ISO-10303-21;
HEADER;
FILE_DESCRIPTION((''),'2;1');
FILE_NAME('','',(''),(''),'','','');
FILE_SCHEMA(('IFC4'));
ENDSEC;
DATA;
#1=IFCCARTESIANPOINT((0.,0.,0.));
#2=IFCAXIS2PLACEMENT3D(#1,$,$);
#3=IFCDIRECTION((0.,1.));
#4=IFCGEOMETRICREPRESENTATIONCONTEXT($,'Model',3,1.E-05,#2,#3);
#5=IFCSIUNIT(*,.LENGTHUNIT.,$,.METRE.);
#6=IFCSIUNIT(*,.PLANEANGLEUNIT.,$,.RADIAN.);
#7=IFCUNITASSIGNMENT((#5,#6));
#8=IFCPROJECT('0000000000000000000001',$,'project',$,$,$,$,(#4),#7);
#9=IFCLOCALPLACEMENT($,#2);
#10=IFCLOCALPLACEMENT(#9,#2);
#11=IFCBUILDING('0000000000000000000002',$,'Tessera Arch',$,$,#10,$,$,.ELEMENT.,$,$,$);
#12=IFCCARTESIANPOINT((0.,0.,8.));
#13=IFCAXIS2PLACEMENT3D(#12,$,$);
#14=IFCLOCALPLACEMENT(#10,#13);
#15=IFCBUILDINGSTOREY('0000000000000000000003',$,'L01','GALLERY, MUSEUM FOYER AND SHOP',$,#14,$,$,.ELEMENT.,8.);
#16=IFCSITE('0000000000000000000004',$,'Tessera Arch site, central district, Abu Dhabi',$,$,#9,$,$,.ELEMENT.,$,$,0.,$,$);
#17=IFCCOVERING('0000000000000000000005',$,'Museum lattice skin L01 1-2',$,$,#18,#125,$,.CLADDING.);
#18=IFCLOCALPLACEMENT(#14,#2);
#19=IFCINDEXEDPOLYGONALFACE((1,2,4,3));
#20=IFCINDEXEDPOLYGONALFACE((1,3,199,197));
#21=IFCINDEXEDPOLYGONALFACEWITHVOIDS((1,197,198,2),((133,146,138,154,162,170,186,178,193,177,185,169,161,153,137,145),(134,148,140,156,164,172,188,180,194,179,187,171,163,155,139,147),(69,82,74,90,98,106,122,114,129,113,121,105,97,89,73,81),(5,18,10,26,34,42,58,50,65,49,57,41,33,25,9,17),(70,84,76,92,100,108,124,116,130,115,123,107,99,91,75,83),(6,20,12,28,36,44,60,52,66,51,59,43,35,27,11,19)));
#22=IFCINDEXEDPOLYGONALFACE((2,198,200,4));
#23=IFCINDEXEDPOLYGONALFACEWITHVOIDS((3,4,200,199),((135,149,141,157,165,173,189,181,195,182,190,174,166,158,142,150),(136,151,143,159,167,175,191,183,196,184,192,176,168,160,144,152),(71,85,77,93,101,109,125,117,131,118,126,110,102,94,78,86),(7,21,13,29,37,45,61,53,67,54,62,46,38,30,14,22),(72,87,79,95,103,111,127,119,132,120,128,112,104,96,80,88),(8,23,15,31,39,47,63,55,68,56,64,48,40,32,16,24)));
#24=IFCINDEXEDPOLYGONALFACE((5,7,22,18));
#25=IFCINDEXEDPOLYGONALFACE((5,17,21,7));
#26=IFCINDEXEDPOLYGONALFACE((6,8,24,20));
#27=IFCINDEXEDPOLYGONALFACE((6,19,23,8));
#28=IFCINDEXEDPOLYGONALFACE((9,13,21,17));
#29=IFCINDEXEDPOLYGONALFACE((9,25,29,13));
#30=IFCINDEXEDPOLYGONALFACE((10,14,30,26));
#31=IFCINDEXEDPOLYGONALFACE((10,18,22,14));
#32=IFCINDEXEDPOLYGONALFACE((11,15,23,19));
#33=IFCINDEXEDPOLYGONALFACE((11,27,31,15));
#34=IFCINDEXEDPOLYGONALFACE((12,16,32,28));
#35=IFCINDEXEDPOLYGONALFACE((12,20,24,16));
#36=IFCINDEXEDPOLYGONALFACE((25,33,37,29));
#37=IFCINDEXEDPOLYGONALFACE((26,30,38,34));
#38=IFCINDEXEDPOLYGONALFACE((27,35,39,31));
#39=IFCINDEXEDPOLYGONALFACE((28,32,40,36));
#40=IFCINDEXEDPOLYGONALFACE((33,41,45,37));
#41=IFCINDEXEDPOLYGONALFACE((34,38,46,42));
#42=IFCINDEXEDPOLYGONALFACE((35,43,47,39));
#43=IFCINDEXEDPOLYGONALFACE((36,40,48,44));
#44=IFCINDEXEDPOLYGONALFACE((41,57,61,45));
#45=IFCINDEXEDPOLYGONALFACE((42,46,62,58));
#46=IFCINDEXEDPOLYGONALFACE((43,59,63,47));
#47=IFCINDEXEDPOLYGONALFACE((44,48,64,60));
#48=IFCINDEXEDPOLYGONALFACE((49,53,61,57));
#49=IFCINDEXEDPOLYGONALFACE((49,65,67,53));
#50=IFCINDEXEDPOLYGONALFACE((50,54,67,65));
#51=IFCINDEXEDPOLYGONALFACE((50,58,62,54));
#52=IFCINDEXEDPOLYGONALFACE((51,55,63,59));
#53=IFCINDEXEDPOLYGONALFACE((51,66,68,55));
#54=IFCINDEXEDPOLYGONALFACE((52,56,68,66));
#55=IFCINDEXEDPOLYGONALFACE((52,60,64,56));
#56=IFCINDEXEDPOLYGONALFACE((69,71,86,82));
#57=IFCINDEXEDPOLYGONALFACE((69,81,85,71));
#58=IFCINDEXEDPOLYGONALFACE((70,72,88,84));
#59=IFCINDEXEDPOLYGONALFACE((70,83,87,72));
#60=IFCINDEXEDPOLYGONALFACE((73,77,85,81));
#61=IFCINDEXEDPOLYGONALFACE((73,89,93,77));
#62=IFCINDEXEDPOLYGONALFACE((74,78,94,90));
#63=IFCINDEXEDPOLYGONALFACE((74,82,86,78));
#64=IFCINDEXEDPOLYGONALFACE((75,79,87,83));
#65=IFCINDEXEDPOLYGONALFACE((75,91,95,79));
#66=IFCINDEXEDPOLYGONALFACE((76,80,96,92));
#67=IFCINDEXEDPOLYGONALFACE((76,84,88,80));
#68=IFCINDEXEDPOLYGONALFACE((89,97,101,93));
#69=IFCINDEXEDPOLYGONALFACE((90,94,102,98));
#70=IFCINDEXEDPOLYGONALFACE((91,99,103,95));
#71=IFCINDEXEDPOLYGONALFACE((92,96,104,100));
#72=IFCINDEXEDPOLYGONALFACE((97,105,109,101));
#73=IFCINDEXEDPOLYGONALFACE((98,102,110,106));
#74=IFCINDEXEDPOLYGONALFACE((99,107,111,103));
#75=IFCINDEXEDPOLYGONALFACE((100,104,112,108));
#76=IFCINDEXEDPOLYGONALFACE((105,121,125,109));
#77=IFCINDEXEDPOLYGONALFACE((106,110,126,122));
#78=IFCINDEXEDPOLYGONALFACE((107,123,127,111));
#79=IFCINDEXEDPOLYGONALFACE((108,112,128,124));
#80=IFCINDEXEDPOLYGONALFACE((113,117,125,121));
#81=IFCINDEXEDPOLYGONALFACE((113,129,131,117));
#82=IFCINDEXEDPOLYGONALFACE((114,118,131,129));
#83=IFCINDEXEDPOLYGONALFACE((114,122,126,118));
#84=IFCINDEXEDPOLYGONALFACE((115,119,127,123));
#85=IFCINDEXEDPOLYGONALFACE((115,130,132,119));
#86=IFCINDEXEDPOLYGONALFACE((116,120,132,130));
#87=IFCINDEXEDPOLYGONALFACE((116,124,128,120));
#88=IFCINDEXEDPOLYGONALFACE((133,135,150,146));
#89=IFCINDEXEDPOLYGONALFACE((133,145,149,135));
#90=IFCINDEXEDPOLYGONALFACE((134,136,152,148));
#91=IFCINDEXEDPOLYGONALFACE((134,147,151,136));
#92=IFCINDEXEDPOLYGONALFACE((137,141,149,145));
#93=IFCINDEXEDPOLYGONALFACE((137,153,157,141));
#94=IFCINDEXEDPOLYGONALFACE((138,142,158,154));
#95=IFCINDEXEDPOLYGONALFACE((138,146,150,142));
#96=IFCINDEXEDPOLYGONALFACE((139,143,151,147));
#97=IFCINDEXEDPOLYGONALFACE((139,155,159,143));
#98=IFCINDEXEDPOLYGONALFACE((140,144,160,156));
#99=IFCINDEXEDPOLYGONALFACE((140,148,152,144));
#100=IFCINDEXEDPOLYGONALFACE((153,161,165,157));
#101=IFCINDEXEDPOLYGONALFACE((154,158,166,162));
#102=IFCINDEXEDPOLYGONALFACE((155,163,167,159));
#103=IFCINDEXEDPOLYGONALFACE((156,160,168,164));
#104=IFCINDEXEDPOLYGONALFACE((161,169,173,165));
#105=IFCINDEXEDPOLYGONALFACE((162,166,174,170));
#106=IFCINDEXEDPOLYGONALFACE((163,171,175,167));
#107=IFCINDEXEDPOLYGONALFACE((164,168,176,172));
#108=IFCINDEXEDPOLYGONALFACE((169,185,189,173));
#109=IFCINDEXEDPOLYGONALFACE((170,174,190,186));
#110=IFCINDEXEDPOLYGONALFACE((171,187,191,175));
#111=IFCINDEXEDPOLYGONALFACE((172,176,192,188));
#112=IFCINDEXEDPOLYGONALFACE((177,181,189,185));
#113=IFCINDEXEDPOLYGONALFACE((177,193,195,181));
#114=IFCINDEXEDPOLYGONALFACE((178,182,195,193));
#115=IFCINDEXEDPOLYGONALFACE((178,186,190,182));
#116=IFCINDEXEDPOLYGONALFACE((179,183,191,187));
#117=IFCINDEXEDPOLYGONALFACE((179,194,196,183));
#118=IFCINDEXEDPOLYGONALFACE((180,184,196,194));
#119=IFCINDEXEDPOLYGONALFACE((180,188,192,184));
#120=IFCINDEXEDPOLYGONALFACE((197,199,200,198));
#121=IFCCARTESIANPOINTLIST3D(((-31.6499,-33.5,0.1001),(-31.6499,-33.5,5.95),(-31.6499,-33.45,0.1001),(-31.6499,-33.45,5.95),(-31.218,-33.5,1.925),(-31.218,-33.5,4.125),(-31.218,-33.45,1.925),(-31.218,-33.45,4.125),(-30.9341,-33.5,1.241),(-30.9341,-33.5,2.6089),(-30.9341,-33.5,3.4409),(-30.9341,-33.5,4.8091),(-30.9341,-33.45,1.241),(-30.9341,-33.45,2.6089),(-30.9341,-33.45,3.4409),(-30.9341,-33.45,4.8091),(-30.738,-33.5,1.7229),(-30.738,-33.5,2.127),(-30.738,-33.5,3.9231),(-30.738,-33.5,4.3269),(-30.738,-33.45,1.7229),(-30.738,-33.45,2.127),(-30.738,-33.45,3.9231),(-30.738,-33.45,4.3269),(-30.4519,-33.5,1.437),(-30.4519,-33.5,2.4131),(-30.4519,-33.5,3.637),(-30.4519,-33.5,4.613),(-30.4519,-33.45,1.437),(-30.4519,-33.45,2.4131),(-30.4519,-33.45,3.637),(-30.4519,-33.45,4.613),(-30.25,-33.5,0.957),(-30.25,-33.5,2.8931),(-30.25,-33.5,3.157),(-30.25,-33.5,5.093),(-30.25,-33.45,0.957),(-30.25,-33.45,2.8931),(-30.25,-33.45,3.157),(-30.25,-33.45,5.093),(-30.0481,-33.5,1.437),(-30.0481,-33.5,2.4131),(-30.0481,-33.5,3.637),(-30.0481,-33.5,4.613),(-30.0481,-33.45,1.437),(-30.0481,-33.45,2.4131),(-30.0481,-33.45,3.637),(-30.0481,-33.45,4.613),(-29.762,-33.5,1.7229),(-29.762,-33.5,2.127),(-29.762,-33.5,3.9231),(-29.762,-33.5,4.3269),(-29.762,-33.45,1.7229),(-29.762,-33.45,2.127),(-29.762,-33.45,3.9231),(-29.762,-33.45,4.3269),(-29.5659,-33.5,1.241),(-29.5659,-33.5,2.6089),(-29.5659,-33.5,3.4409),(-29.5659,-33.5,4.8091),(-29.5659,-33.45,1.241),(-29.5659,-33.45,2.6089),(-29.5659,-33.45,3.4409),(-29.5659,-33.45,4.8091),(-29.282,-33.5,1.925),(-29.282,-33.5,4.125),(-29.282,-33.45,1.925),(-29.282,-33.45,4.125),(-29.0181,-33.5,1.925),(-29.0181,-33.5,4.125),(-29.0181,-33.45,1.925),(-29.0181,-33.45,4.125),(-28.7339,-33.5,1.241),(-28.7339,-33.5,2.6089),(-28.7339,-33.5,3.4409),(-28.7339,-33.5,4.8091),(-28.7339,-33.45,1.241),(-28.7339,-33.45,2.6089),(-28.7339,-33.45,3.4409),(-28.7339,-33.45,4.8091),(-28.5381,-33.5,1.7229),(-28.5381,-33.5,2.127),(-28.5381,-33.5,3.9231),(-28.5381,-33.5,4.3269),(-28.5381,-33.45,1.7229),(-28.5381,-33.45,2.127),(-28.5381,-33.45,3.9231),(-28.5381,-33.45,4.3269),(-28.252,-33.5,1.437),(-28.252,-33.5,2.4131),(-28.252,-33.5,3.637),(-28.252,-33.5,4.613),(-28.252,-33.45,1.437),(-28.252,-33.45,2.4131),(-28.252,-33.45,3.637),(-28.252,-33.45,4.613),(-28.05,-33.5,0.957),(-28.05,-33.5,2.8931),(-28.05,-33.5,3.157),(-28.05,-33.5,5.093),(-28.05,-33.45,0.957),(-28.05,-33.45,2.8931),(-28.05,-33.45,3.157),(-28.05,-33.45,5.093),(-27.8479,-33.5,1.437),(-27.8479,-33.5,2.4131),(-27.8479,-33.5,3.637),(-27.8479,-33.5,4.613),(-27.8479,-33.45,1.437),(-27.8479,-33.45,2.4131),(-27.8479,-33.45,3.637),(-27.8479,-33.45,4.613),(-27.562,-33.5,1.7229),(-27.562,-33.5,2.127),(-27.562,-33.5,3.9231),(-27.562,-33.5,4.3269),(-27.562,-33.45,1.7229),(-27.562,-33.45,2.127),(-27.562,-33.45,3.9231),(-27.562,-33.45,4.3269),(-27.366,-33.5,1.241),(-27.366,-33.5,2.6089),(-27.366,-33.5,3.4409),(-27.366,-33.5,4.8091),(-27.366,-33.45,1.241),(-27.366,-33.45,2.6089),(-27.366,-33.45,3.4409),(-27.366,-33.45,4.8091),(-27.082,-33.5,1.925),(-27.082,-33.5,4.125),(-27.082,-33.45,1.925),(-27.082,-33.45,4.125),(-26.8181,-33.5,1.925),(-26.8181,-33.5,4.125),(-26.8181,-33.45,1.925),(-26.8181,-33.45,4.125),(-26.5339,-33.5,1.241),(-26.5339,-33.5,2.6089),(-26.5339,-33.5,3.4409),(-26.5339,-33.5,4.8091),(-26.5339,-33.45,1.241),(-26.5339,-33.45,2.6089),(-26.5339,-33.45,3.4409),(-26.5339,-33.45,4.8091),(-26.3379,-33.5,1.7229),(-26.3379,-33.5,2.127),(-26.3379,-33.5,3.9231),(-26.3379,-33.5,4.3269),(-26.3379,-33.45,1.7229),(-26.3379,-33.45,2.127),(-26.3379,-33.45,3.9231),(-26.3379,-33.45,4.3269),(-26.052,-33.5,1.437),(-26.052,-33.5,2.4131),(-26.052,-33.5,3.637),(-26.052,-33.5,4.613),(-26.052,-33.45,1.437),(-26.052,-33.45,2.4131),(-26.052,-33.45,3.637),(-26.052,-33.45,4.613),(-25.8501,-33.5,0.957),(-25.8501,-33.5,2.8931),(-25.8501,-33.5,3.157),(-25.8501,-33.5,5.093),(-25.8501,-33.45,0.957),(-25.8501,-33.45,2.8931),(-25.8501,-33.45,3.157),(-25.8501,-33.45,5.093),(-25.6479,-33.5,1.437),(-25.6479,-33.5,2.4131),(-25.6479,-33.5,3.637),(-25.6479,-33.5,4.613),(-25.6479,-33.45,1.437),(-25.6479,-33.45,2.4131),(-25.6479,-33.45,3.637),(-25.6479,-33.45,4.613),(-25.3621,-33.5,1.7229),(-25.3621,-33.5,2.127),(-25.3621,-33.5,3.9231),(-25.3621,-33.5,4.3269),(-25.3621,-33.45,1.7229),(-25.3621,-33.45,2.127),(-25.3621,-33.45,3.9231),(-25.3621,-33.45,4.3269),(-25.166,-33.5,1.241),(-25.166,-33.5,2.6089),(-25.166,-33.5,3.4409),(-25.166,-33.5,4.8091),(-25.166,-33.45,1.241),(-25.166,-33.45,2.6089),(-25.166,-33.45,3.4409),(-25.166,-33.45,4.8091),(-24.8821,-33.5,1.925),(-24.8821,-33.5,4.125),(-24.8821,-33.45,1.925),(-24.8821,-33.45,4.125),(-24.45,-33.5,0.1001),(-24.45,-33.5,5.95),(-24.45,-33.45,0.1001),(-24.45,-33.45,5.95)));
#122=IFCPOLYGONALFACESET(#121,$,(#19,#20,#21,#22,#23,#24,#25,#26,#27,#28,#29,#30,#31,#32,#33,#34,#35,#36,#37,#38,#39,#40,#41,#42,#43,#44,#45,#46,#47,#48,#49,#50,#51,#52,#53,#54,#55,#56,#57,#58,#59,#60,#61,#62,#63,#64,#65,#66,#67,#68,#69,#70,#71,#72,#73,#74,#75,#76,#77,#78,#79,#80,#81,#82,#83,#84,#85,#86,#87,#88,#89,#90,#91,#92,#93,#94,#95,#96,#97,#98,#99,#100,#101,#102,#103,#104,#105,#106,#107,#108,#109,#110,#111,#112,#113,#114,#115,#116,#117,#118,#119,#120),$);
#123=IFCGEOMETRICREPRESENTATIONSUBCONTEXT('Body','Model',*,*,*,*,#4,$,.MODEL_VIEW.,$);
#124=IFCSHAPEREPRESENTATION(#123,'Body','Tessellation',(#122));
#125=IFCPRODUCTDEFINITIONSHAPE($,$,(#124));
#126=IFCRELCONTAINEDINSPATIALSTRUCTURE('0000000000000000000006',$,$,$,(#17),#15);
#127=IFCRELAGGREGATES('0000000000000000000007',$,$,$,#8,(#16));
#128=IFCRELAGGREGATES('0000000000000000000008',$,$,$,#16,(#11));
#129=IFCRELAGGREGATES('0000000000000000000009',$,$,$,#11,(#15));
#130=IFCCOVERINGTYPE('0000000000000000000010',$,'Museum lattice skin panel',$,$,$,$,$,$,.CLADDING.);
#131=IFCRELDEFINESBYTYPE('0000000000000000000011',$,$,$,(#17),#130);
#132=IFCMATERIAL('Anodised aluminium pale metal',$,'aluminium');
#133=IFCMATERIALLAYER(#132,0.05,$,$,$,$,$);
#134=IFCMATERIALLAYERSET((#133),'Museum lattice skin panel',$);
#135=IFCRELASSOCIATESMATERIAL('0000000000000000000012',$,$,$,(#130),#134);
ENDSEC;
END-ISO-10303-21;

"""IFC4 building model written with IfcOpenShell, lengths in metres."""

from ifc_helpers import new_model, si_unit, direction, frame, origin, place, context, subcontext, project, spatial, polyline, outline, extrude, material, layer, layer_set, type_object, element, save


model = new_model("IFC4")

# Units and contexts
model_context = context("Model", 3, precision=1e-05, world=origin(), true_north=direction((0.0, 1.0)))
body_context = subcontext(model_context, "Body", "Model", "MODEL_VIEW")
ifc_project = project(units=[si_unit("LENGTHUNIT", "METRE"), si_unit("PLANEANGLEUNIT", "RADIAN")], contexts=[model_context])

# Site, building, storey
site_placement = place(None, origin())
site = spatial("IfcSite", under=ifc_project, at=site_placement, Name="Tessera Arch site, central district, Abu Dhabi", CompositionType="ELEMENT", RefElevation=0.0)
building_placement = place(site_placement, origin())
building = spatial("IfcBuilding", under=site, at=building_placement, Name="Tessera Arch", CompositionType="ELEMENT")
storey_placement = place(building_placement, frame((0.0, 0.0, 8.0)))
storey = spatial("IfcBuildingStorey", under=building, at=storey_placement, Name="L01", Description="GALLERY, MUSEUM FOYER AND SHOP", CompositionType="ELEMENT", Elevation=8.0)

# Covering
ifc_material_1 = material(Name="Anodised aluminium pale metal", Category="aluminium")
ifc_layer_1 = layer(ifc_material_1, 0.05)
ifc_layer_set_1 = layer_set([ifc_layer_1], Name="Museum lattice skin panel")
covering_type = type_object("IfcCoveringType", Name="Museum lattice skin panel", PredefinedType="CLADDING", material=ifc_layer_set_1)
covering_1_placement = place(storey_placement, frame((-31.6499, -33.45, 5.95), z_axis=(0.0, 1.0, 0.0), x_axis=(1.0, 0.0, 0.0)))
element("IfcCovering", 1, at=covering_1_placement, inside=storey, type_object=covering_type, Name="Museum lattice skin L01 1-2", PredefinedType="CLADDING", context=body_context, shape_type="SweptSolid", body=[
    extrude(outline(polyline([(0.0, 0.0), (7.2, 0.0), (7.2, 5.8499), (0.0, 5.8499), (0.0, 0.0)]), holes=[polyline([(2.3679, 4.0249), (1.8879, 3.823), (2.084, 3.3411), (1.6018, 3.5369), (1.3999, 3.0569), (1.198, 3.5369), (0.7158, 3.3411), (0.9119, 3.823), (0.4319, 4.0249), (0.9119, 4.2271), (0.7158, 4.709), (1.198, 4.5129), (1.3999, 4.9929), (1.6018, 4.5129), (2.084, 4.709), (1.8879, 4.2271), (2.3679, 4.0249)]), polyline([(2.3679, 1.825), (1.8879, 1.623), (2.084, 1.1409), (1.6018, 1.3369), (1.3999, 0.8569), (1.198, 1.3369), (0.7158, 1.1409), (0.9119, 1.623), (0.4319, 1.825), (0.9119, 2.0269), (0.7158, 2.509), (1.198, 2.313), (1.3999, 2.793), (1.6018, 2.313), (2.084, 2.509), (1.8879, 2.0269), (2.3679, 1.825)]), polyline([(4.5679, 4.0249), (4.0879, 3.823), (4.2839, 3.3411), (3.802, 3.5369), (3.5999, 3.0569), (3.3979, 3.5369), (2.916, 3.3411), (3.1118, 3.823), (2.6318, 4.0249), (3.1118, 4.2271), (2.916, 4.709), (3.3979, 4.5129), (3.5999, 4.9929), (3.802, 4.5129), (4.2839, 4.709), (4.0879, 4.2271), (4.5679, 4.0249)]), polyline([(4.5679, 1.825), (4.0879, 1.623), (4.2839, 1.1409), (3.802, 1.3369), (3.5999, 0.8569), (3.3979, 1.3369), (2.916, 1.1409), (3.1118, 1.623), (2.6318, 1.825), (3.1118, 2.0269), (2.916, 2.509), (3.3979, 2.313), (3.5999, 2.793), (3.802, 2.313), (4.2839, 2.509), (4.0879, 2.0269), (4.5679, 1.825)]), polyline([(6.7678, 4.0249), (6.2878, 3.823), (6.4839, 3.3411), (6.002, 3.5369), (5.7998, 3.0569), (5.5979, 3.5369), (5.116, 3.3411), (5.312, 3.823), (4.8318, 4.0249), (5.312, 4.2271), (5.116, 4.709), (5.5979, 4.5129), (5.7998, 4.9929), (6.002, 4.5129), (6.4839, 4.709), (6.2878, 4.2271), (6.7678, 4.0249)]), polyline([(6.7678, 1.825), (6.2878, 1.623), (6.4839, 1.1409), (6.002, 1.3369), (5.7998, 0.8569), (5.5979, 1.3369), (5.116, 1.1409), (5.312, 1.623), (4.8318, 1.825), (5.312, 2.0269), (5.116, 2.509), (5.5979, 2.313), (5.7998, 2.793), (6.002, 2.313), (6.4839, 2.509), (6.2878, 2.0269), (6.7678, 1.825)])]), origin(), (0.0, 0.0, -1.0), 0.05),
])

save(model, "model.ifc")
